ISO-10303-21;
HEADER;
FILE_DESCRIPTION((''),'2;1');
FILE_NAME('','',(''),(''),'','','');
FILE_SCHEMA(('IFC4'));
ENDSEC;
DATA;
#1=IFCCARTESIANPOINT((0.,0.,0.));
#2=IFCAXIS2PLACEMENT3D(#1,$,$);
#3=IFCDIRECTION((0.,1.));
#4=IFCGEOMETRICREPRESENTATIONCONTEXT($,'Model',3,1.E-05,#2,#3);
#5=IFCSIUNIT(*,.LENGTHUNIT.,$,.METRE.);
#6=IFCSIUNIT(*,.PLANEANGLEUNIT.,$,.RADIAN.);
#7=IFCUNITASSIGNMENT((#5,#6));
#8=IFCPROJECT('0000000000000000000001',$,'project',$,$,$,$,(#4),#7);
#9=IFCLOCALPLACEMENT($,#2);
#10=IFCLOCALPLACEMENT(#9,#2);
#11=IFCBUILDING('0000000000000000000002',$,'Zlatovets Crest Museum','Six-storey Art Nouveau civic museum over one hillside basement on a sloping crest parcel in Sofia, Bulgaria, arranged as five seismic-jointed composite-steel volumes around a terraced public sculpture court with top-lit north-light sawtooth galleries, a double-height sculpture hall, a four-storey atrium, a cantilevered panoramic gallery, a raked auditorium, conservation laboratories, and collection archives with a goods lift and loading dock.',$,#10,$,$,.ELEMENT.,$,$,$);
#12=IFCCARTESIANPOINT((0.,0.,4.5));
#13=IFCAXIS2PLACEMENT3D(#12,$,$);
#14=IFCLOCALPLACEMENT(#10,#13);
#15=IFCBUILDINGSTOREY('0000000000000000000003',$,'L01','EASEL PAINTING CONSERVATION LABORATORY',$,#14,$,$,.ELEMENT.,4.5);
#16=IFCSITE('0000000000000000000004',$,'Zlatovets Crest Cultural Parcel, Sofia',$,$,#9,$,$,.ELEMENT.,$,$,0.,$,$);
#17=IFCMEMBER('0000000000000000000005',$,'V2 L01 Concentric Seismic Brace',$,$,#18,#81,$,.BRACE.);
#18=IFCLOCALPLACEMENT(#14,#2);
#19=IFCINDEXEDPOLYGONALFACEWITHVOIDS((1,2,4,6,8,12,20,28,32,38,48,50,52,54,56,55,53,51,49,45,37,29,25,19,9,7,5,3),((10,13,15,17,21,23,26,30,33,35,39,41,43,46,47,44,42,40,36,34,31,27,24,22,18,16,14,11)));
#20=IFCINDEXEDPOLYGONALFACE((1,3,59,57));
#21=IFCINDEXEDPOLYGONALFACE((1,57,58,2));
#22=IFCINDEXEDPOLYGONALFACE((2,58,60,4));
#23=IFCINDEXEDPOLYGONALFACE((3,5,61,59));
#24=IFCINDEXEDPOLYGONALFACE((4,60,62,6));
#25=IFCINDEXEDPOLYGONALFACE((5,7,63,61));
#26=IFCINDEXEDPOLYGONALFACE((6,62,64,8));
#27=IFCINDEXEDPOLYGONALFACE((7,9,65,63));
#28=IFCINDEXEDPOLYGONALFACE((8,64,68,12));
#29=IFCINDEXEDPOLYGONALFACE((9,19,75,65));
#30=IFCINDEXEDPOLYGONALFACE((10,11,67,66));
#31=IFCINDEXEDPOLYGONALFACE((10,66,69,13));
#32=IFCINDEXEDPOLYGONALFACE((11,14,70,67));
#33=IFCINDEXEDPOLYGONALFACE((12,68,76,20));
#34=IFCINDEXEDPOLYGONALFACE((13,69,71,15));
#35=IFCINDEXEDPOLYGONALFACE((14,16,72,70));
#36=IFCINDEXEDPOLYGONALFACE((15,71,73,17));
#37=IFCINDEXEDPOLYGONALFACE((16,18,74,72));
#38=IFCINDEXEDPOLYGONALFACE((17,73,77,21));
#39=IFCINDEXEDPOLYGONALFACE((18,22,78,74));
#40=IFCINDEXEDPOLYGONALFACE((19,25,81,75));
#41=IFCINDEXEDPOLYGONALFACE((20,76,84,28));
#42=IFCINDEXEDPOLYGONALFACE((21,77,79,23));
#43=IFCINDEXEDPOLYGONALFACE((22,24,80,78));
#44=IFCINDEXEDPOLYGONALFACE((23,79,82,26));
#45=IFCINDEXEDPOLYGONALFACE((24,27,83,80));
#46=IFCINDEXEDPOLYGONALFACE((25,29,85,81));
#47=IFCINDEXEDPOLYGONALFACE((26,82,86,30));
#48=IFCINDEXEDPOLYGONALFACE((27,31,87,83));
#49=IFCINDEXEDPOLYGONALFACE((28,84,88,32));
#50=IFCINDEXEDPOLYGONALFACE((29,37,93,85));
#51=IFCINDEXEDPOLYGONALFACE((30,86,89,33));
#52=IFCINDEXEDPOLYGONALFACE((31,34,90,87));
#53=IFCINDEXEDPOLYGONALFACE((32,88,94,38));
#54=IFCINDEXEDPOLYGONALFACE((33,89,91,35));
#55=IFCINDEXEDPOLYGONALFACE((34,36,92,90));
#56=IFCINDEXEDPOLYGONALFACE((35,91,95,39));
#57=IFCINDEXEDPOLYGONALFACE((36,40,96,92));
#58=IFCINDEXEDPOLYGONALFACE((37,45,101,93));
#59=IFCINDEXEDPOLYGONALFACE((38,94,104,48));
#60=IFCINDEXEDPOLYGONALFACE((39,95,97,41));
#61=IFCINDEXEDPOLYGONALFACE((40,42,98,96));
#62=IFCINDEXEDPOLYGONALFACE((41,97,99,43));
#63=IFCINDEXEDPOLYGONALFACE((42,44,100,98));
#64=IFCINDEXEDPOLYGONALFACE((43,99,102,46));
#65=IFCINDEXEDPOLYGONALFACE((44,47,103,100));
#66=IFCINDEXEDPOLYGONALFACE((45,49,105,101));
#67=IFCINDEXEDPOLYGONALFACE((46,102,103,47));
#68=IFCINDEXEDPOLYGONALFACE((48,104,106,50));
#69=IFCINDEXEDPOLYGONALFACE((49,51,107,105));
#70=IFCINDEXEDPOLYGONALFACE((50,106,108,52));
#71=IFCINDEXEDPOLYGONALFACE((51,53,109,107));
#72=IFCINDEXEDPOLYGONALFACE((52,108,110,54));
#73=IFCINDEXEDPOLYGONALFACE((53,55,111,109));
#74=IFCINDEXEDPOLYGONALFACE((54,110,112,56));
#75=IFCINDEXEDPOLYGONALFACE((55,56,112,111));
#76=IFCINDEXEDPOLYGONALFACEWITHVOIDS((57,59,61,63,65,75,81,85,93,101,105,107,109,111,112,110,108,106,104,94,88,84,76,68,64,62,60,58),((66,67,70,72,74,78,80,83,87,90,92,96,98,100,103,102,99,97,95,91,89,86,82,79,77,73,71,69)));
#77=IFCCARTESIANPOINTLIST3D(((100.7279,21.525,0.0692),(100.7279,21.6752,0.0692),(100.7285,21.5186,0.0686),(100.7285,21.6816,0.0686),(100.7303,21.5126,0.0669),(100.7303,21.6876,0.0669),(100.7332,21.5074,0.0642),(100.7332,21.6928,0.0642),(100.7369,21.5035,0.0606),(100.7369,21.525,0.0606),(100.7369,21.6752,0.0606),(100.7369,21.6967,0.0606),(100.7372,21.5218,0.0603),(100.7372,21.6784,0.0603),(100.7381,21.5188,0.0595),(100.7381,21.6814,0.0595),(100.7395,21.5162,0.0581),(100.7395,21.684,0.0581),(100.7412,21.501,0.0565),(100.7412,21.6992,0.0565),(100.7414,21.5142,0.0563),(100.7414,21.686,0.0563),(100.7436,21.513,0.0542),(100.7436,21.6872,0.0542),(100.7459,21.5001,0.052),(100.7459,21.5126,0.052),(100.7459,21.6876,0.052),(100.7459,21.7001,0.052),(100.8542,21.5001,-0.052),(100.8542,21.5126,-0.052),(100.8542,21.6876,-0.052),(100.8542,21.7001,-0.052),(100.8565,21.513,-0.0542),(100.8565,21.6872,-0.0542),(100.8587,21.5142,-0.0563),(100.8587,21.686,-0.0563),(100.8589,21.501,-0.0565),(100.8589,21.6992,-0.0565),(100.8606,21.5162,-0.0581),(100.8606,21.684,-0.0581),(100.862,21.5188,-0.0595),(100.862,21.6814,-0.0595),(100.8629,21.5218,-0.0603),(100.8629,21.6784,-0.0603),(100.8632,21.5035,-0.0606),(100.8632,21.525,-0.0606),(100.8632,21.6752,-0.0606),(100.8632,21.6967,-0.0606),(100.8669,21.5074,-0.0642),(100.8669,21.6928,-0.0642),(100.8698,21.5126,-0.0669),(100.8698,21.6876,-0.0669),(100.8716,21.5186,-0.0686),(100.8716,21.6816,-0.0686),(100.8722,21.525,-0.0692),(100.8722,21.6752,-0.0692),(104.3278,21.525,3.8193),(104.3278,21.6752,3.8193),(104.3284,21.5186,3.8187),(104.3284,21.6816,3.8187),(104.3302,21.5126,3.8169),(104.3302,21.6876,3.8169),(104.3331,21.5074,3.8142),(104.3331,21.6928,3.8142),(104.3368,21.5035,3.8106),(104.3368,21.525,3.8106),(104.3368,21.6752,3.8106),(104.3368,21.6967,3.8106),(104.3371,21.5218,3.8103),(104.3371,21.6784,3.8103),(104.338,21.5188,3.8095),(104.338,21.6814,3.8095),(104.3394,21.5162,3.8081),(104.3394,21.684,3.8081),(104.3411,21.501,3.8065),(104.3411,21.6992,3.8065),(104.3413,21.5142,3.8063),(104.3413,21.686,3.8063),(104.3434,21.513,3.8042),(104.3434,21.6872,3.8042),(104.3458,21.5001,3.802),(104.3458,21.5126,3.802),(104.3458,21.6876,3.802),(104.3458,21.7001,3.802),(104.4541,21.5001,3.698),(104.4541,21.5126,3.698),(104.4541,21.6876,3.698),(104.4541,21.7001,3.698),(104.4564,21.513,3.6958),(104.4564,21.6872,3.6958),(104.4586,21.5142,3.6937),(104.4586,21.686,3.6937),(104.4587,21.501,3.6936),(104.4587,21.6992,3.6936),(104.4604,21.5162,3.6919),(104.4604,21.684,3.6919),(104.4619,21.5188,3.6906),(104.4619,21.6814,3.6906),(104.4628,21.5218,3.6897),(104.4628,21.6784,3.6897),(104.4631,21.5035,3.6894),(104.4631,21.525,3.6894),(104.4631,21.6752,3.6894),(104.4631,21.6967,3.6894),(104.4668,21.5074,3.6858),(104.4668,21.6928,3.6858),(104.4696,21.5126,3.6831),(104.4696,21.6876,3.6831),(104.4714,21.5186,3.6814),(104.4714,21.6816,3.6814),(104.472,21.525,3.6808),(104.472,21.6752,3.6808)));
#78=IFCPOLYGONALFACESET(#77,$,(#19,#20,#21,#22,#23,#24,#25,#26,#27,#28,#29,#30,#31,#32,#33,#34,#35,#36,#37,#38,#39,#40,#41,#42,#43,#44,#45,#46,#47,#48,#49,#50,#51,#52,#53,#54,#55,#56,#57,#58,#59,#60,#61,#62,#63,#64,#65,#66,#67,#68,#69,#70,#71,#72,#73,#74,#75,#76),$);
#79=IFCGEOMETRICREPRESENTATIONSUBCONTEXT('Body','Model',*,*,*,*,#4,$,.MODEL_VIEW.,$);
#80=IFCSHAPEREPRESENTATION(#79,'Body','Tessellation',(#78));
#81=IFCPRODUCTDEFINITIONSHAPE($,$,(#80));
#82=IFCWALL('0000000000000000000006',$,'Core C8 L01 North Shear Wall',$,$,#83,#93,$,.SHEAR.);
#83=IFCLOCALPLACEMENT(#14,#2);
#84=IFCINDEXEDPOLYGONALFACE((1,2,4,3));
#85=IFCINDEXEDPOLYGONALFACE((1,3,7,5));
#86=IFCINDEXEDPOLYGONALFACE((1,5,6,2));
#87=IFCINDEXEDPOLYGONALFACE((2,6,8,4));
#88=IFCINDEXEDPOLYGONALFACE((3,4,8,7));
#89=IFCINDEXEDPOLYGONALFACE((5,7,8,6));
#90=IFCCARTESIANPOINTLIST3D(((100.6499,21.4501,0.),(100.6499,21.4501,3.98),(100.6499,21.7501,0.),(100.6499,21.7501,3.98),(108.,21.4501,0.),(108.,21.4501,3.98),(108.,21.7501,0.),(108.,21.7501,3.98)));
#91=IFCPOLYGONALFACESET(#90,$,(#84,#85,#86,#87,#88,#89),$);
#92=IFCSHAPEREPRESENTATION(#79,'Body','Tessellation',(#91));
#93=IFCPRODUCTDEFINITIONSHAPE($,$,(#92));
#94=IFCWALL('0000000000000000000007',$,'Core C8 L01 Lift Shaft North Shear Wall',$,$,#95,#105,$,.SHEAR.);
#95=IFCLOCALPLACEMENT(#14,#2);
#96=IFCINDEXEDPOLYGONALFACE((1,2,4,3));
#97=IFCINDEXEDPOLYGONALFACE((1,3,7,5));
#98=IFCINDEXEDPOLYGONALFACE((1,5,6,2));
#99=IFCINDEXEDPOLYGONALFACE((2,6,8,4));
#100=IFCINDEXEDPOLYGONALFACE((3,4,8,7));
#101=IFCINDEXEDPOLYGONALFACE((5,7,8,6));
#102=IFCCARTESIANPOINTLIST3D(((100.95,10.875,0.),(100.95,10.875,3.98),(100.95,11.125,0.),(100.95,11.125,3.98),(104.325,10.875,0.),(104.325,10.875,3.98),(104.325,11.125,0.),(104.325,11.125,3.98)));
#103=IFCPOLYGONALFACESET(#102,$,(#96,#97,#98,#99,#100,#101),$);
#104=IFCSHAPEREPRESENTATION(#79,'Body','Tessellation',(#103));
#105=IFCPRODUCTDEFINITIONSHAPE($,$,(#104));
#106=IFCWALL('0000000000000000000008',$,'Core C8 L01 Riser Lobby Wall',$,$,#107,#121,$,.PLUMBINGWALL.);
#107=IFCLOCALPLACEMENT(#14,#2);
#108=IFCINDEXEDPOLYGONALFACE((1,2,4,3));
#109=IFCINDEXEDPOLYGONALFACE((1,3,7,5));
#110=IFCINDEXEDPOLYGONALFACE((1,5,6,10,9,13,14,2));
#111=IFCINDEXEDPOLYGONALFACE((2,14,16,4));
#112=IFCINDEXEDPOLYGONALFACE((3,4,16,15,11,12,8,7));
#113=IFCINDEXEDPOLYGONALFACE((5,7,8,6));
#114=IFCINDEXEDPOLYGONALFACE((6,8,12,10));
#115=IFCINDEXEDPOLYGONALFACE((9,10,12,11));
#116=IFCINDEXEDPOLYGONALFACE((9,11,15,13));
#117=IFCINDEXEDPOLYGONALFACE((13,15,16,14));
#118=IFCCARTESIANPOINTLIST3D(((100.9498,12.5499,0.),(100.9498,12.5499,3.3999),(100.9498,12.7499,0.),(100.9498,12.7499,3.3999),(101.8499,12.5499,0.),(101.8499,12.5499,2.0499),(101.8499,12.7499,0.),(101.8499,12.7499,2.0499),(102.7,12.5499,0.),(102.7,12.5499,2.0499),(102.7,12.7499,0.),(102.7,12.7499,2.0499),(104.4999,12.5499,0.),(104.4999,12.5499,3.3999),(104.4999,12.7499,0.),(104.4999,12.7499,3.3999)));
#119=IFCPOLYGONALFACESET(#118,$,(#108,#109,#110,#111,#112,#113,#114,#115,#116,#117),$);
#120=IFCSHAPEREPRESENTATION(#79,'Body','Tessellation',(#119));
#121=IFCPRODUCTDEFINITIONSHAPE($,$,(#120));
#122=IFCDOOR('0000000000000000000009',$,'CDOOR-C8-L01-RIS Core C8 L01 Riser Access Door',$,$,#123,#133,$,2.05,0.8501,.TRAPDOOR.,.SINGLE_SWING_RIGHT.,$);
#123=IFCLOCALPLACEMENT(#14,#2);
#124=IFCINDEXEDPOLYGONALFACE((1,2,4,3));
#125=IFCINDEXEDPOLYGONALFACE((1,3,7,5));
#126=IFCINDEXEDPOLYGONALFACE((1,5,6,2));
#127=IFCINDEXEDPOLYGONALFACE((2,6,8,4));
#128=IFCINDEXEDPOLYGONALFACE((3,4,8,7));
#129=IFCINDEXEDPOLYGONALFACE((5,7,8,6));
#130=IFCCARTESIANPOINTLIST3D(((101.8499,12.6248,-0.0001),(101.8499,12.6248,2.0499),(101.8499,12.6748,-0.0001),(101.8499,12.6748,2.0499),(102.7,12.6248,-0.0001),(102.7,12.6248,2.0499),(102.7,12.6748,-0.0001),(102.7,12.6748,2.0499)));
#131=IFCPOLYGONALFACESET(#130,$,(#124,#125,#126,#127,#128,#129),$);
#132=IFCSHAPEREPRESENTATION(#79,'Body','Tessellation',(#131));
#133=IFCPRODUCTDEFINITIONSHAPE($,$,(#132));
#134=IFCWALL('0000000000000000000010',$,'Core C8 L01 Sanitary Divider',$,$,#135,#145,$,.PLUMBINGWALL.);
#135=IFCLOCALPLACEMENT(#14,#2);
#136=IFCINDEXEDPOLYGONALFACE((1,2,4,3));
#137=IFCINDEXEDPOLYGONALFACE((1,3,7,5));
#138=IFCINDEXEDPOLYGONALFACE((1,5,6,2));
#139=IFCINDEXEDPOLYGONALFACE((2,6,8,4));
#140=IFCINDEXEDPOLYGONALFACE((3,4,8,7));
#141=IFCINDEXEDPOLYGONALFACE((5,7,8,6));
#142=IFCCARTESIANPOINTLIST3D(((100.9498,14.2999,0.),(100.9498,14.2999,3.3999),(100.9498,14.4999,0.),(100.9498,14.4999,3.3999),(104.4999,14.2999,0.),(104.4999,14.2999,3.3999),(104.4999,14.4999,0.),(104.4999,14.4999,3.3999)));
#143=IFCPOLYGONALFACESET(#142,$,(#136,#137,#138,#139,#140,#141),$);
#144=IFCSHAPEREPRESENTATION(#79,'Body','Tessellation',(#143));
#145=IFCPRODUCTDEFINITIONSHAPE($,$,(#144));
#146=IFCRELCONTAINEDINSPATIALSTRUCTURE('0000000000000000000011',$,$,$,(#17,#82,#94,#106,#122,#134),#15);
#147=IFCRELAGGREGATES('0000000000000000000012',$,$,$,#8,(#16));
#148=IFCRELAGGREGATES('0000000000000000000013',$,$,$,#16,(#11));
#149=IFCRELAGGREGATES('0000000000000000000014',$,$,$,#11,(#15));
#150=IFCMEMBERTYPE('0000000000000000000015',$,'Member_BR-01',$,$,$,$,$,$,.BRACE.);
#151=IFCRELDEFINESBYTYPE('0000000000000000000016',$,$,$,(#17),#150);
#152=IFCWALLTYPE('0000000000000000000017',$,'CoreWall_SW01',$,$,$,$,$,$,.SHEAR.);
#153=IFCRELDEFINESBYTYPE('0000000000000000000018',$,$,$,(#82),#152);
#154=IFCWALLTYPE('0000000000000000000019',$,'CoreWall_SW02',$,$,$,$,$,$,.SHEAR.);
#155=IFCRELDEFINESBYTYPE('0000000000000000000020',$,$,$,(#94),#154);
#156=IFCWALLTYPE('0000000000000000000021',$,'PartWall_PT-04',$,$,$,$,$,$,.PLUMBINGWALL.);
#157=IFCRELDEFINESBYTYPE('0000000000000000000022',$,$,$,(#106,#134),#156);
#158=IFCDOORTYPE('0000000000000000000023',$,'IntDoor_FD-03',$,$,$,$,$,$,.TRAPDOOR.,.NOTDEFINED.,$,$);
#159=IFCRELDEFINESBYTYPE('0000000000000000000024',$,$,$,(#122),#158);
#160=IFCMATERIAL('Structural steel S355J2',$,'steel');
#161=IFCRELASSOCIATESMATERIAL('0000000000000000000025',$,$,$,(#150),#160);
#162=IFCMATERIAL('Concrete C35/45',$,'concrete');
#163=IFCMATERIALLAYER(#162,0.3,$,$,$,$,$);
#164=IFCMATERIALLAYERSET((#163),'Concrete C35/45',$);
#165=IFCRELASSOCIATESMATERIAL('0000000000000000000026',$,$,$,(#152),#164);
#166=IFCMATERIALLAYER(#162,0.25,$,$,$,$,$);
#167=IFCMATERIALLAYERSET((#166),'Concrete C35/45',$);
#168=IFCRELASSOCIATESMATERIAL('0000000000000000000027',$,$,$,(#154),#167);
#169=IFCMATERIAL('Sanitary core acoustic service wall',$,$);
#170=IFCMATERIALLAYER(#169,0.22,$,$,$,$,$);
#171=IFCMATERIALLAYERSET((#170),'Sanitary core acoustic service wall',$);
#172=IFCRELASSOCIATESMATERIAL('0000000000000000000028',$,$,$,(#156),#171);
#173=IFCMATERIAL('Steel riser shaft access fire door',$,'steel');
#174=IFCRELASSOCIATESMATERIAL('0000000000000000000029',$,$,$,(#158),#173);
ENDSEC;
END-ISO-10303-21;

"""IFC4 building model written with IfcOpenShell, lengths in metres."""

from ifc_helpers import new_model, si_unit, direction, frame, frame_2d, origin, origin_2d, place, context, subcontext, project, spatial, rectangle, hollow_rectangle, extrude, material, layer, layer_set, material_profile, profile_set, type_object, element, fill, save


model = new_model("IFC4")

# Units and contexts
model_context = context("Model", 3, precision=1e-05, world=origin(), true_north=direction((0.0, 1.0)))
body_context = subcontext(model_context, "Body", "Model", "MODEL_VIEW")
ifc_project = project(units=[si_unit("LENGTHUNIT", "METRE"), si_unit("PLANEANGLEUNIT", "RADIAN")], contexts=[model_context])

# Site, building, storey
site_placement = place(None, origin())
site = spatial("IfcSite", under=ifc_project, at=site_placement, Name="Zlatovets Crest Cultural Parcel, Sofia", CompositionType="ELEMENT", RefElevation=0.0)
building_placement = place(site_placement, origin())
building = spatial("IfcBuilding", under=site, at=building_placement, Name="Zlatovets Crest Museum", Description="Six-storey Art Nouveau civic museum over one hillside basement on a sloping crest parcel in Sofia, Bulgaria, arranged as five seismic-jointed composite-steel volumes around a terraced public sculpture court with top-lit north-light sawtooth galleries, a double-height sculpture hall, a four-storey atrium, a cantilevered panoramic gallery, a raked auditorium, conservation laboratories, and collection archives with a goods lift and loading dock.", CompositionType="ELEMENT")
storey_placement = place(building_placement, frame((0.0, 0.0, 4.5)))
storey = spatial("IfcBuildingStorey", under=building, at=storey_placement, Name="L01", Description="EASEL PAINTING CONSERVATION LABORATORY", CompositionType="ELEMENT", Elevation=4.5)

# Shared definitions
ifc_material_1 = material(Name="Structural steel S355J2", Category="steel")

# Member
ifc_material_profile_1 = material_profile(ifc_material_1, hollow_rectangle(XDim=0.2, YDim=0.2, WallThickness=0.0125, InnerFilletRadius=0.0125, OuterFilletRadius=0.0249, at=origin_2d()), Name="SHS 200x200x12.5")
ifc_profile_set_1 = profile_set([ifc_material_profile_1], Name="Structural steel S355J2")
member_type = type_object("IfcMemberType", Name="Member_BR-01", PredefinedType="BRACE", material=ifc_profile_set_1)
member_placement = place(storey_placement, frame((100.8, 21.6001, 0.0), z_axis=(0.692517, 0.0, 0.721401), x_axis=(0.0, 1.0, 0.0)))
element("IfcMember", 1, at=member_placement, inside=storey, type_object=member_type, Name="V2 L01 Concentric Seismic Brace", PredefinedType="BRACE", context=body_context, shape_type="SweptSolid", body=[
    extrude(hollow_rectangle(XDim=0.2, YDim=0.2, WallThickness=0.0125, InnerFilletRadius=0.0125, OuterFilletRadius=0.0249, at=origin_2d()), origin(), (0.0, 0.0, 1.0), 5.1982),
])

# Walls
ifc_material_2 = material(Name="Concrete C35/45", Category="concrete")
ifc_layer_1 = layer(ifc_material_2, 0.3)
ifc_layer_set_1 = layer_set([ifc_layer_1], Name="Concrete C35/45")
wall_type_1 = type_object("IfcWallType", Name="CoreWall_SW01", PredefinedType="SHEAR", material=ifc_layer_set_1)
wall_1_placement = place(storey_placement, frame((100.6499, 21.6001, 0.0), z_axis=(0.0, 0.0, 1.0), x_axis=(1.0, 0.0, 0.0)))
element("IfcWall", 2, at=wall_1_placement, inside=storey, type_object=wall_type_1, Name="Core C8 L01 North Shear Wall", PredefinedType="SHEAR", context=body_context, shape_type="SweptSolid", body=[
    extrude(rectangle(XDim=7.3501, YDim=0.3, at=frame_2d((3.675, 0.0))), origin(), (0.0, 0.0, 1.0), 3.98),
])
ifc_layer_2 = layer(ifc_material_2, 0.25)
ifc_layer_set_2 = layer_set([ifc_layer_2], Name="Concrete C35/45")
wall_type_2 = type_object("IfcWallType", Name="CoreWall_SW02", PredefinedType="SHEAR", material=ifc_layer_set_2)
wall_2_placement = place(storey_placement, frame((100.95, 11.0, 0.0), z_axis=(0.0, 0.0, 1.0), x_axis=(1.0, 0.0, 0.0)))
element("IfcWall", 3, at=wall_2_placement, inside=storey, type_object=wall_type_2, Name="Core C8 L01 Lift Shaft North Shear Wall", PredefinedType="SHEAR", context=body_context, shape_type="SweptSolid", body=[
    extrude(rectangle(XDim=3.375, YDim=0.25, at=frame_2d((1.6875, 0.0))), origin(), (0.0, 0.0, 1.0), 3.98),
])

# Wall, opening, door
ifc_material_3 = material(Name="Sanitary core acoustic service wall")
ifc_layer_3 = layer(ifc_material_3, 0.22)
ifc_layer_set_3 = layer_set([ifc_layer_3], Name="Sanitary core acoustic service wall")
wall_type_3 = type_object("IfcWallType", Name="PartWall_PT-04", PredefinedType="PLUMBINGWALL", material=ifc_layer_set_3)
wall_3_placement = place(storey_placement, frame((100.95, 12.6499, 0.0), z_axis=(0.0, 0.0, 1.0), x_axis=(1.0, 0.0, 0.0)))
wall_3 = element("IfcWall", 4, at=wall_3_placement, inside=storey, type_object=wall_type_3, Name="Core C8 L01 Riser Lobby Wall", PredefinedType="PLUMBINGWALL", context=body_context, shape_type="SweptSolid", body=[
    extrude(rectangle(XDim=3.55, YDim=0.2, at=frame_2d((1.7749, 0.0))), origin(), (0.0, 0.0, 1.0), 3.3999),
])
opening_placement = place(wall_3_placement, frame((0.8999, 0.0, 0.0)))
opening = element("IfcOpeningElement", 5, at=opening_placement, cuts=wall_3, PredefinedType="OPENING", context=body_context, shape_type="SweptSolid", body=[
    extrude(rectangle(XDim=0.8501, YDim=2.05, at=frame_2d((0.425, 1.0249))), frame((0.0, 0.1099, 0.0), z_axis=(0.0, -1.0, 0.0), x_axis=(1.0, 0.0, 0.0)), (0.0, 0.0, 1.0), 0.22),
])
ifc_material_4 = material(Name="Steel riser shaft access fire door", Category="steel")
door_type = type_object("IfcDoorType", Name="IntDoor_FD-03", OperationType="NOTDEFINED", PredefinedType="TRAPDOOR", material=ifc_material_4)
door_placement = place(opening_placement, origin())
door = element("IfcDoor", 6, at=door_placement, inside=storey, type_object=door_type, Name="CDOOR-C8-L01-RIS Core C8 L01 Riser Access Door", OperationType="SINGLE_SWING_RIGHT", OverallHeight=2.05, OverallWidth=0.8501, PredefinedType="TRAPDOOR", context=body_context, shape_type="SweptSolid", body=[
    extrude(rectangle(XDim=0.8501, YDim=2.05, at=frame_2d((0.425, 1.0249))), frame((0.0, 0.0249, 0.0), z_axis=(0.0, -1.0, 0.0), x_axis=(1.0, 0.0, 0.0)), (0.0, 0.0, 1.0), 0.05),
])
fill(opening, door)

# Wall
wall_4_placement = place(storey_placement, frame((100.95, 14.3999, 0.0), z_axis=(0.0, 0.0, 1.0), x_axis=(1.0, 0.0, 0.0)))
element("IfcWall", 7, at=wall_4_placement, inside=storey, type_object=wall_type_3, Name="Core C8 L01 Sanitary Divider", PredefinedType="PLUMBINGWALL", context=body_context, shape_type="SweptSolid", body=[
    extrude(rectangle(XDim=3.55, YDim=0.2, at=frame_2d((1.7749, 0.0))), origin(), (0.0, 0.0, 1.0), 3.3999),
])

save(model, "model.ifc")
